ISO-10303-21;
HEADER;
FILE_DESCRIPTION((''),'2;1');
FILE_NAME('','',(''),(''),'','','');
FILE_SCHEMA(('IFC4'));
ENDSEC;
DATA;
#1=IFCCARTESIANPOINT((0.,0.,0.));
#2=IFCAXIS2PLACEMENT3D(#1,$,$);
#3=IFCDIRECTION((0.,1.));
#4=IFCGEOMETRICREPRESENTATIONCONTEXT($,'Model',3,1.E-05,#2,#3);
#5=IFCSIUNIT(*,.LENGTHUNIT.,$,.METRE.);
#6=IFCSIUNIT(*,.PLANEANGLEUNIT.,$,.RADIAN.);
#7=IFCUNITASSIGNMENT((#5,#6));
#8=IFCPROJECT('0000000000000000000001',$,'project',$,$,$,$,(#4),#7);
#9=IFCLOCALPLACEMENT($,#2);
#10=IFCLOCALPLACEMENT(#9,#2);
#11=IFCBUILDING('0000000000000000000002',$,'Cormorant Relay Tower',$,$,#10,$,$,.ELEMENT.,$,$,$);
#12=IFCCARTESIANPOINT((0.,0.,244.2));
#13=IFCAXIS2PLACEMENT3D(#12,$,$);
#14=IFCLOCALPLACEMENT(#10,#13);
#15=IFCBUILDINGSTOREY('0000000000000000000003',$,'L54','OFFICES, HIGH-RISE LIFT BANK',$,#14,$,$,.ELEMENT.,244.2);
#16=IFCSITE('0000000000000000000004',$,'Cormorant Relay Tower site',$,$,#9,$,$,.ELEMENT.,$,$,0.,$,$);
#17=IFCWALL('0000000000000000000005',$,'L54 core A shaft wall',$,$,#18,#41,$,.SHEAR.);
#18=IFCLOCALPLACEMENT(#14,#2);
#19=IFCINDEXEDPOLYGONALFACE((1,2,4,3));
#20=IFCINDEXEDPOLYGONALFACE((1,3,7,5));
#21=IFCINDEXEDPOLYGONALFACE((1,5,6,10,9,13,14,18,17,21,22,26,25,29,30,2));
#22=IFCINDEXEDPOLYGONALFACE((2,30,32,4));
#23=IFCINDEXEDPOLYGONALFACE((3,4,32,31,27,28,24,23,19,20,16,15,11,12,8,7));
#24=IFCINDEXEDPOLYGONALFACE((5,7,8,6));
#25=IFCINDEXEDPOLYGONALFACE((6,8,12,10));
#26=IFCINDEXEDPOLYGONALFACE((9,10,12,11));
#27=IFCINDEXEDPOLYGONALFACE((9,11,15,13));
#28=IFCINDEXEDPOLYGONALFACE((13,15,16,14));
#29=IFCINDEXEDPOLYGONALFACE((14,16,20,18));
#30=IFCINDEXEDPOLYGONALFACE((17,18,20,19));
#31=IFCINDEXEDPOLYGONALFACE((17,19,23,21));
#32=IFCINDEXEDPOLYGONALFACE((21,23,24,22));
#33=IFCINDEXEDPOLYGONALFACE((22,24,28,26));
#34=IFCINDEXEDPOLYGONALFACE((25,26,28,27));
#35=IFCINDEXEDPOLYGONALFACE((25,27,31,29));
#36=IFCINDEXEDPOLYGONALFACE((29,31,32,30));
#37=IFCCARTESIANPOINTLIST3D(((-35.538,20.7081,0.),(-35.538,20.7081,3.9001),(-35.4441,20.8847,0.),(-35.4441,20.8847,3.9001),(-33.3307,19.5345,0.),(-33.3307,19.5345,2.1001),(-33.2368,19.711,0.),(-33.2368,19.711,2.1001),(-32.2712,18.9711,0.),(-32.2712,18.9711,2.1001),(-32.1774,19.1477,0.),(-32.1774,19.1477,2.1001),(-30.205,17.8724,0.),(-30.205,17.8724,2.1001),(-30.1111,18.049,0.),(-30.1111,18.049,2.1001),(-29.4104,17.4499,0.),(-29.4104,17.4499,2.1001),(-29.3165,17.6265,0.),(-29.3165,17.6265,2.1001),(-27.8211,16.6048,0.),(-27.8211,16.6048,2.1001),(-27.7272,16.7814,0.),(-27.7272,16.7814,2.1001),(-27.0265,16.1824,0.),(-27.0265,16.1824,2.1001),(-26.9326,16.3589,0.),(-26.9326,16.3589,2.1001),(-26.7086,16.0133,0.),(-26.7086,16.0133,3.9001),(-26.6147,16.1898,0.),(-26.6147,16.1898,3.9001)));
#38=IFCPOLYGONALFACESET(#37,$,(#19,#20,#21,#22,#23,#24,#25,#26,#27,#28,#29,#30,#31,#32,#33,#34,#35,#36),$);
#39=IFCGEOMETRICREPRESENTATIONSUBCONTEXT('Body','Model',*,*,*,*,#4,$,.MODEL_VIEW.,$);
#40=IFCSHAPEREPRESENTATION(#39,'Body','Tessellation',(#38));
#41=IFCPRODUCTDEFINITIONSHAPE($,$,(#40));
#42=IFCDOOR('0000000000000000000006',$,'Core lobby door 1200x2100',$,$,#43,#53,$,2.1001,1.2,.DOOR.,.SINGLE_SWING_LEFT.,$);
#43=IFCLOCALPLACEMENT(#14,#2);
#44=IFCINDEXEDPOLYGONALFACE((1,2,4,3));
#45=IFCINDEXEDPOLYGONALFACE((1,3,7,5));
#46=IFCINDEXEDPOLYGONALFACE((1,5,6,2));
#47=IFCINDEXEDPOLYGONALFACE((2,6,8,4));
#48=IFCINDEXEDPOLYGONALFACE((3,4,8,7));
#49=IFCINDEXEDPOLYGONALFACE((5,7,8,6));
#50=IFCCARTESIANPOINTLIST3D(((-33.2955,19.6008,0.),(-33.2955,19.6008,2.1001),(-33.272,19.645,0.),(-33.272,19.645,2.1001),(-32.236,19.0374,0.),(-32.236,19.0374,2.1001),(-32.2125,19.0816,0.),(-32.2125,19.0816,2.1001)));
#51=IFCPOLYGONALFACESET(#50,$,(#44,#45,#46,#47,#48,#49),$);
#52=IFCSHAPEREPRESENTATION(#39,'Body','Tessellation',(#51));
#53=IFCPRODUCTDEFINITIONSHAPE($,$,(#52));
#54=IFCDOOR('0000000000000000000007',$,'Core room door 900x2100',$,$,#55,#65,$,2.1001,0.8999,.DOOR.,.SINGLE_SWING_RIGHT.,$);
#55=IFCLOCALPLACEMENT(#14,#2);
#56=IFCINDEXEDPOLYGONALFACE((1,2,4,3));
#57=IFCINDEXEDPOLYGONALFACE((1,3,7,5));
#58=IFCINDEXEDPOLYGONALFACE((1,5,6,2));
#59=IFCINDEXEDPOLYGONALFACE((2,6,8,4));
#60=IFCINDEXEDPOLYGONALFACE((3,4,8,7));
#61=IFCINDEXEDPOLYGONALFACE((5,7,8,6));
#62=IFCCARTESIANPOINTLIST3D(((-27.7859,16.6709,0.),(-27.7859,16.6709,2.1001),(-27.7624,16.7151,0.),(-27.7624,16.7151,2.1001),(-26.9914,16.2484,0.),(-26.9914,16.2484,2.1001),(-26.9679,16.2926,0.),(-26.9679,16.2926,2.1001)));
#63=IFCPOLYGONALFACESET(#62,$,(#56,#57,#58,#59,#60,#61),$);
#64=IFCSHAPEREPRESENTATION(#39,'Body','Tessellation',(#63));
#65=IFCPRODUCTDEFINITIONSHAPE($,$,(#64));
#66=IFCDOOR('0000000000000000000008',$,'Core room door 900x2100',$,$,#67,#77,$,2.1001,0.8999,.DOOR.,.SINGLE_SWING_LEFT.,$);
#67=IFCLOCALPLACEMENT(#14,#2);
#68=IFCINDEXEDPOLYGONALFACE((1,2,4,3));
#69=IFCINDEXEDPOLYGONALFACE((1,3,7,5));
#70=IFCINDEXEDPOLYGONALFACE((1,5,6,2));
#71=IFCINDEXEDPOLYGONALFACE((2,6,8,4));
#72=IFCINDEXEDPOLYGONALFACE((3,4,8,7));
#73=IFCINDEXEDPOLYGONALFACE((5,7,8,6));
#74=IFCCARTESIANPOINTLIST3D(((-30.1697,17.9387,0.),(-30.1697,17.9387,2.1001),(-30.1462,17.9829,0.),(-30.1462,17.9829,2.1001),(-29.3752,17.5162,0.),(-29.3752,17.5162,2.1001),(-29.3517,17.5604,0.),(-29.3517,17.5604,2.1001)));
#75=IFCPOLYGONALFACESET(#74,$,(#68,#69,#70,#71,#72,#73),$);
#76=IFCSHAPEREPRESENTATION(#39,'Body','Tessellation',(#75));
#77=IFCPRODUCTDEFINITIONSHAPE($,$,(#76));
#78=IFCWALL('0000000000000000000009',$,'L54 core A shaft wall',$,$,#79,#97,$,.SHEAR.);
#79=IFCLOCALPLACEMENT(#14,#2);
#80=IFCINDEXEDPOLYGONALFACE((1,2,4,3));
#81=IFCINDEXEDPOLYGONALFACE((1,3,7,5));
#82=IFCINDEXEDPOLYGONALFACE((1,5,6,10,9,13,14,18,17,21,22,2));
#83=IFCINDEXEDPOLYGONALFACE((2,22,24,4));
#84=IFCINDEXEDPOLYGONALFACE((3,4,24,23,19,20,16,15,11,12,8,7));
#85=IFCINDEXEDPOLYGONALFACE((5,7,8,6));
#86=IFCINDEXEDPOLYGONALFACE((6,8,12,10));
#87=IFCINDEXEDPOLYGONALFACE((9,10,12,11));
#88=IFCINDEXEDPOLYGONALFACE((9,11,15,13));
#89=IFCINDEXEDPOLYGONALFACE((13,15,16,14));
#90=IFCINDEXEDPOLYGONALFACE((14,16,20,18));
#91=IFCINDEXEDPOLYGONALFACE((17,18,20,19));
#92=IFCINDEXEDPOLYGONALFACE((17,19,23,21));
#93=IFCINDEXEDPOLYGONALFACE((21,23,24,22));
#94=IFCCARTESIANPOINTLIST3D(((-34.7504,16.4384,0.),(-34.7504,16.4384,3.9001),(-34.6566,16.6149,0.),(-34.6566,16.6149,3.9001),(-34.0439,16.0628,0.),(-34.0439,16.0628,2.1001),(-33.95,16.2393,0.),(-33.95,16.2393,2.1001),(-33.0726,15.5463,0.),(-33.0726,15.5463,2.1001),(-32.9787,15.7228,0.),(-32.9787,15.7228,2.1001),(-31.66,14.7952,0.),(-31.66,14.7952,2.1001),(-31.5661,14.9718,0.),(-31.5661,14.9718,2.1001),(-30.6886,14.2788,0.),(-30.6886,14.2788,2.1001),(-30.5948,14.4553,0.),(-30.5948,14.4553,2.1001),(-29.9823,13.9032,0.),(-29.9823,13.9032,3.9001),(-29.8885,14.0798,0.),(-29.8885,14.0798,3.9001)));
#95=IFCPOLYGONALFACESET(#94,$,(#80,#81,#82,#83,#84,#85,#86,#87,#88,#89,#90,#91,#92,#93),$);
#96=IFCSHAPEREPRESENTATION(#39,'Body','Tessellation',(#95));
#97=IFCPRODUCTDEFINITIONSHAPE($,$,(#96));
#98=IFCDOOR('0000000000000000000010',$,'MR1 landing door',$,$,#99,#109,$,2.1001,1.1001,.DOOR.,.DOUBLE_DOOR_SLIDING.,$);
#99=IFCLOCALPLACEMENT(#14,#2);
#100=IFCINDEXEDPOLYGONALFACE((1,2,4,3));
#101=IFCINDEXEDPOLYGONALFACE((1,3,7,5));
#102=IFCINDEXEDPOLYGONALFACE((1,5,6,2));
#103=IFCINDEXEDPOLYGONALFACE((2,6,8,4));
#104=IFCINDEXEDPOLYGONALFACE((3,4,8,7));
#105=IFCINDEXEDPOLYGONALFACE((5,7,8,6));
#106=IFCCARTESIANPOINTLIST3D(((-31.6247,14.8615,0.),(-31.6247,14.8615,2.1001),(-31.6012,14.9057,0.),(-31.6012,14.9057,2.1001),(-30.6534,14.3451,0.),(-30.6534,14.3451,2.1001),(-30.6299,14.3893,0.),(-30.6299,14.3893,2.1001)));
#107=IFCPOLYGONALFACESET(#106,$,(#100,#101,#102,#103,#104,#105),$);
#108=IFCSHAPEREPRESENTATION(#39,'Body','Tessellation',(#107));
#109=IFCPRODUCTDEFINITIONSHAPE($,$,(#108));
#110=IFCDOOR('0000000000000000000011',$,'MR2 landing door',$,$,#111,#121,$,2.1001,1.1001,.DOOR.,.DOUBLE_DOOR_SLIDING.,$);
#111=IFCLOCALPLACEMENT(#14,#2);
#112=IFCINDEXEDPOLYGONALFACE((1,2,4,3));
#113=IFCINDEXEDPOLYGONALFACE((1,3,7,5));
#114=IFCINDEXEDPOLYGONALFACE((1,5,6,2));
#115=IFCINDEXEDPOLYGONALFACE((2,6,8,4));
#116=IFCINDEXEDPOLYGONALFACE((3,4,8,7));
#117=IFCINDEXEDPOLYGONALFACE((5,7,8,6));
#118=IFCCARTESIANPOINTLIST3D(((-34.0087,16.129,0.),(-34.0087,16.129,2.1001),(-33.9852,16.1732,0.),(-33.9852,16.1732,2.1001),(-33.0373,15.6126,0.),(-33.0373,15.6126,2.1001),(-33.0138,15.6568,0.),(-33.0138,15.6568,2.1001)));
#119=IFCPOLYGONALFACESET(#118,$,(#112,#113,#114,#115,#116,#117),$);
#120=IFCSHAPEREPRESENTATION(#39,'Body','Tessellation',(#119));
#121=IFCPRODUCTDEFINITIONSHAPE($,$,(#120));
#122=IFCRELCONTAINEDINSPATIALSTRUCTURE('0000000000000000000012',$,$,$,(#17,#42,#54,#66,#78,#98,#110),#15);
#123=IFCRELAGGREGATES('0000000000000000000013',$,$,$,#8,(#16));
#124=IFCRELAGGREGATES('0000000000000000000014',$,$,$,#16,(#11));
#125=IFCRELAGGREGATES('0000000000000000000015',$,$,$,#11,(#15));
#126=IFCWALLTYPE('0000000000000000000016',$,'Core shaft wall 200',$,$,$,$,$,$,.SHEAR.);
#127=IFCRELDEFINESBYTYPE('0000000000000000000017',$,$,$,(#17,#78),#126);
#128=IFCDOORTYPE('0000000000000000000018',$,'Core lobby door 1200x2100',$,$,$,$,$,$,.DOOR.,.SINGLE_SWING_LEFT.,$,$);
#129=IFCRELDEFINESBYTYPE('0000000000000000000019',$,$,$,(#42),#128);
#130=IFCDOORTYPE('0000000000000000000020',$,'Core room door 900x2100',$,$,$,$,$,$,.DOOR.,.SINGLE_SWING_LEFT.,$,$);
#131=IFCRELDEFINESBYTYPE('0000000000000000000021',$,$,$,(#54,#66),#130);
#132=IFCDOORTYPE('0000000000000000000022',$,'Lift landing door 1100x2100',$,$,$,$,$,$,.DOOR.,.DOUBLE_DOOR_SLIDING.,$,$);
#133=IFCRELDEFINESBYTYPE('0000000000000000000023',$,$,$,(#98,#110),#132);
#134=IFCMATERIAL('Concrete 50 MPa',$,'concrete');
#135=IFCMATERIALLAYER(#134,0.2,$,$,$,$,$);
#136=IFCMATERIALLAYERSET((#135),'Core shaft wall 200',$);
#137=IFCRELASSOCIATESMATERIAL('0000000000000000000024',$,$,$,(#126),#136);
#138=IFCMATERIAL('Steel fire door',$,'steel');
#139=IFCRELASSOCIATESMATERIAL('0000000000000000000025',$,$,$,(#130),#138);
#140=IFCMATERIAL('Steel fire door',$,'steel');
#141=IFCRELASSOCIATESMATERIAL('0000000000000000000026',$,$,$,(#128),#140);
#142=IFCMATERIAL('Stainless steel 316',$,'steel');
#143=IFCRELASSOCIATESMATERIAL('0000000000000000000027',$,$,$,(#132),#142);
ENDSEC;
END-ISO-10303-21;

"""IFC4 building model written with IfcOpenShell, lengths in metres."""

from ifc_helpers import new_model, si_unit, direction, frame, frame_2d, origin, place, context, subcontext, project, spatial, rectangle, extrude, material, layer, layer_set, type_object, element, fill, save


model = new_model("IFC4")

# Units and contexts
model_context = context("Model", 3, precision=1e-05, world=origin(), true_north=direction((0.0, 1.0)))
body_context = subcontext(model_context, "Body", "Model", "MODEL_VIEW")
ifc_project = project(units=[si_unit("LENGTHUNIT", "METRE"), si_unit("PLANEANGLEUNIT", "RADIAN")], contexts=[model_context])

# Site, building, storey
site_placement = place(None, origin())
site = spatial("IfcSite", under=ifc_project, at=site_placement, Name="Cormorant Relay Tower site", CompositionType="ELEMENT", RefElevation=0.0)
building_placement = place(site_placement, origin())
building = spatial("IfcBuilding", under=site, at=building_placement, Name="Cormorant Relay Tower", CompositionType="ELEMENT")
storey_placement = place(building_placement, frame((0.0, 0.0, 244.2)))
storey = spatial("IfcBuildingStorey", under=building, at=storey_placement, Name="L54", Description="OFFICES, HIGH-RISE LIFT BANK", CompositionType="ELEMENT", Elevation=244.2)

# Shared definitions
ifc_material_1 = material(Name="Concrete 50 MPa", Category="concrete")
ifc_layer_1 = layer(ifc_material_1, 0.2)
ifc_layer_set_1 = layer_set([ifc_layer_1], Name="Core shaft wall 200")
wall_type_1 = type_object("IfcWallType", Name="Core shaft wall 200", PredefinedType="SHEAR", material=ifc_layer_set_1)
ifc_material_2 = material(Name="Steel fire door", Category="steel")
door_type_1 = type_object("IfcDoorType", Name="Core room door 900x2100", OperationType="SINGLE_SWING_LEFT", PredefinedType="DOOR", material=ifc_material_2)

# Walls, openings, doors
wall_1_placement = place(storey_placement, frame((-26.6616, 16.1016, 0.0), z_axis=(0.0, 0.0, 1.0), x_axis=(-0.88294, 0.469485, 0.0)))
wall_1 = element("IfcWall", 1, at=wall_1_placement, inside=storey, type_object=wall_type_1, Name="L54 core A shaft wall", PredefinedType="SHEAR", context=body_context, shape_type="SweptSolid", body=[
    extrude(rectangle(XDim=10.0, YDim=0.2, at=frame_2d((5.0, 0.0))), origin(), (0.0, 0.0, 1.0), 3.9001),
])
opening_1_placement = place(wall_1_placement, frame((6.3, 0.0, 0.0)))
opening_1 = element("IfcOpeningElement", 2, at=opening_1_placement, cuts=wall_1, PredefinedType="OPENING", context=body_context, shape_type="SweptSolid", body=[
    extrude(rectangle(XDim=1.2, YDim=2.1001, at=frame_2d((0.6001, 1.05))), frame((0.0, 0.1099, 0.0), z_axis=(0.0, -1.0, 0.0), x_axis=(1.0, 0.0, 0.0)), (0.0, 0.0, 1.0), 0.22),
])
opening_2_placement = place(wall_1_placement, frame((0.3601, 0.0, 0.0)))
opening_2 = element("IfcOpeningElement", 3, at=opening_2_placement, cuts=wall_1, PredefinedType="OPENING", context=body_context, shape_type="SweptSolid", body=[
    extrude(rectangle(XDim=0.8999, YDim=2.1001, at=frame_2d((0.45, 1.05))), frame((0.0, 0.1099, 0.0), z_axis=(0.0, -1.0, 0.0), x_axis=(1.0, 0.0, 0.0)), (0.0, 0.0, 1.0), 0.22),
])
opening_3_placement = place(wall_1_placement, frame((3.0601, 0.0, 0.0)))
opening_3 = element("IfcOpeningElement", 4, at=opening_3_placement, cuts=wall_1, PredefinedType="OPENING", context=body_context, shape_type="SweptSolid", body=[
    extrude(rectangle(XDim=0.8999, YDim=2.1001, at=frame_2d((0.45, 1.05))), frame((0.0, 0.1099, 0.0), z_axis=(0.0, -1.0, 0.0), x_axis=(1.0, 0.0, 0.0)), (0.0, 0.0, 1.0), 0.22),
])
ifc_material_3 = material(Name="Steel fire door", Category="steel")
door_type_2 = type_object("IfcDoorType", Name="Core lobby door 1200x2100", OperationType="SINGLE_SWING_LEFT", PredefinedType="DOOR", material=ifc_material_3)
door_1_placement = place(opening_1_placement, origin())
door_1 = element("IfcDoor", 5, at=door_1_placement, inside=storey, type_object=door_type_2, Name="Core lobby door 1200x2100", OperationType="SINGLE_SWING_LEFT", OverallHeight=2.1001, OverallWidth=1.2, PredefinedType="DOOR", context=body_context, shape_type="SweptSolid", body=[
    extrude(rectangle(XDim=1.2, YDim=2.1001, at=frame_2d((0.6001, 1.05))), frame((0.0, 0.0249, 0.0), z_axis=(0.0, -1.0, 0.0), x_axis=(1.0, 0.0, 0.0)), (0.0, 0.0, 1.0), 0.05),
])
fill(opening_1, door_1)
door_2_placement = place(opening_2_placement, frame((0.8999, 0.0, 0.0), z_axis=(0.0, 0.0, 1.0), x_axis=(-1.0, 0.0, 0.0)))
door_2 = element("IfcDoor", 6, at=door_2_placement, inside=storey, type_object=door_type_1, Name="Core room door 900x2100", OperationType="SINGLE_SWING_RIGHT", OverallHeight=2.1001, OverallWidth=0.8999, PredefinedType="DOOR", context=body_context, shape_type="SweptSolid", body=[
    extrude(rectangle(XDim=0.8999, YDim=2.1001, at=frame_2d((0.45, 1.05))), frame((0.0, 0.0249, 0.0), z_axis=(0.0, -1.0, 0.0), x_axis=(1.0, 0.0, 0.0)), (0.0, 0.0, 1.0), 0.05),
])
fill(opening_2, door_2)
door_3_placement = place(opening_3_placement, origin())
door_3 = element("IfcDoor", 7, at=door_3_placement, inside=storey, type_object=door_type_1, Name="Core room door 900x2100", OperationType="SINGLE_SWING_LEFT", OverallHeight=2.1001, OverallWidth=0.8999, PredefinedType="DOOR", context=body_context, shape_type="SweptSolid", body=[
    extrude(rectangle(XDim=0.8999, YDim=2.1001, at=frame_2d((0.45, 1.05))), frame((0.0, 0.0249, 0.0), z_axis=(0.0, -1.0, 0.0), x_axis=(1.0, 0.0, 0.0)), (0.0, 0.0, 1.0), 0.05),
])
fill(opening_3, door_3)
wall_2_placement = place(storey_placement, frame((-29.9353, 13.9915, 0.0), z_axis=(0.0, 0.0, 1.0), x_axis=(-0.882953, 0.469462, 0.0)))
wall_2 = element("IfcWall", 8, at=wall_2_placement, inside=storey, type_object=wall_type_1, Name="L54 core A shaft wall", PredefinedType="SHEAR", context=body_context, shape_type="SweptSolid", body=[
    extrude(rectangle(XDim=5.4001, YDim=0.2, at=frame_2d((2.7002, 0.0))), origin(), (0.0, 0.0, 1.0), 3.9001),
])
opening_4_placement = place(wall_2_placement, frame((0.8, 0.0, 0.0)))
opening_4 = element("IfcOpeningElement", 9, at=opening_4_placement, cuts=wall_2, PredefinedType="OPENING", context=body_context, shape_type="SweptSolid", body=[
    extrude(rectangle(XDim=1.1001, YDim=2.1001, at=frame_2d((0.55, 1.05))), frame((0.0, 0.1099, 0.0), z_axis=(0.0, -1.0, 0.0), x_axis=(1.0, 0.0, 0.0)), (0.0, 0.0, 1.0), 0.22),
])
opening_5_placement = place(wall_2_placement, frame((3.5, 0.0, 0.0)))
opening_5 = element("IfcOpeningElement", 10, at=opening_5_placement, cuts=wall_2, PredefinedType="OPENING", context=body_context, shape_type="SweptSolid", body=[
    extrude(rectangle(XDim=1.1001, YDim=2.1001, at=frame_2d((0.55, 1.05))), frame((0.0, 0.1099, 0.0), z_axis=(0.0, -1.0, 0.0), x_axis=(1.0, 0.0, 0.0)), (0.0, 0.0, 1.0), 0.22),
])
ifc_material_4 = material(Name="Stainless steel 316", Category="steel")
door_type_3 = type_object("IfcDoorType", Name="Lift landing door 1100x2100", OperationType="DOUBLE_DOOR_SLIDING", PredefinedType="DOOR", material=ifc_material_4)
door_4_placement = place(opening_4_placement, origin())
door_4 = element("IfcDoor", 11, at=door_4_placement, inside=storey, type_object=door_type_3, Name="MR1 landing door", OperationType="DOUBLE_DOOR_SLIDING", OverallHeight=2.1001, OverallWidth=1.1001, PredefinedType="DOOR", context=body_context, shape_type="SweptSolid", body=[
    extrude(rectangle(XDim=1.1001, YDim=2.1001, at=frame_2d((0.55, 1.05))), frame((0.0, 0.0249, 0.0), z_axis=(0.0, -1.0, 0.0), x_axis=(1.0, 0.0, 0.0)), (0.0, 0.0, 1.0), 0.05),
])
fill(opening_4, door_4)
door_5_placement = place(opening_5_placement, origin())
door_5 = element("IfcDoor", 12, at=door_5_placement, inside=storey, type_object=door_type_3, Name="MR2 landing door", OperationType="DOUBLE_DOOR_SLIDING", OverallHeight=2.1001, OverallWidth=1.1001, PredefinedType="DOOR", context=body_context, shape_type="SweptSolid", body=[
    extrude(rectangle(XDim=1.1001, YDim=2.1001, at=frame_2d((0.55, 1.05))), frame((0.0, 0.0249, 0.0), z_axis=(0.0, -1.0, 0.0), x_axis=(1.0, 0.0, 0.0)), (0.0, 0.0, 1.0), 0.05),
])
fill(opening_5, door_5)

save(model, "model.ifc")
